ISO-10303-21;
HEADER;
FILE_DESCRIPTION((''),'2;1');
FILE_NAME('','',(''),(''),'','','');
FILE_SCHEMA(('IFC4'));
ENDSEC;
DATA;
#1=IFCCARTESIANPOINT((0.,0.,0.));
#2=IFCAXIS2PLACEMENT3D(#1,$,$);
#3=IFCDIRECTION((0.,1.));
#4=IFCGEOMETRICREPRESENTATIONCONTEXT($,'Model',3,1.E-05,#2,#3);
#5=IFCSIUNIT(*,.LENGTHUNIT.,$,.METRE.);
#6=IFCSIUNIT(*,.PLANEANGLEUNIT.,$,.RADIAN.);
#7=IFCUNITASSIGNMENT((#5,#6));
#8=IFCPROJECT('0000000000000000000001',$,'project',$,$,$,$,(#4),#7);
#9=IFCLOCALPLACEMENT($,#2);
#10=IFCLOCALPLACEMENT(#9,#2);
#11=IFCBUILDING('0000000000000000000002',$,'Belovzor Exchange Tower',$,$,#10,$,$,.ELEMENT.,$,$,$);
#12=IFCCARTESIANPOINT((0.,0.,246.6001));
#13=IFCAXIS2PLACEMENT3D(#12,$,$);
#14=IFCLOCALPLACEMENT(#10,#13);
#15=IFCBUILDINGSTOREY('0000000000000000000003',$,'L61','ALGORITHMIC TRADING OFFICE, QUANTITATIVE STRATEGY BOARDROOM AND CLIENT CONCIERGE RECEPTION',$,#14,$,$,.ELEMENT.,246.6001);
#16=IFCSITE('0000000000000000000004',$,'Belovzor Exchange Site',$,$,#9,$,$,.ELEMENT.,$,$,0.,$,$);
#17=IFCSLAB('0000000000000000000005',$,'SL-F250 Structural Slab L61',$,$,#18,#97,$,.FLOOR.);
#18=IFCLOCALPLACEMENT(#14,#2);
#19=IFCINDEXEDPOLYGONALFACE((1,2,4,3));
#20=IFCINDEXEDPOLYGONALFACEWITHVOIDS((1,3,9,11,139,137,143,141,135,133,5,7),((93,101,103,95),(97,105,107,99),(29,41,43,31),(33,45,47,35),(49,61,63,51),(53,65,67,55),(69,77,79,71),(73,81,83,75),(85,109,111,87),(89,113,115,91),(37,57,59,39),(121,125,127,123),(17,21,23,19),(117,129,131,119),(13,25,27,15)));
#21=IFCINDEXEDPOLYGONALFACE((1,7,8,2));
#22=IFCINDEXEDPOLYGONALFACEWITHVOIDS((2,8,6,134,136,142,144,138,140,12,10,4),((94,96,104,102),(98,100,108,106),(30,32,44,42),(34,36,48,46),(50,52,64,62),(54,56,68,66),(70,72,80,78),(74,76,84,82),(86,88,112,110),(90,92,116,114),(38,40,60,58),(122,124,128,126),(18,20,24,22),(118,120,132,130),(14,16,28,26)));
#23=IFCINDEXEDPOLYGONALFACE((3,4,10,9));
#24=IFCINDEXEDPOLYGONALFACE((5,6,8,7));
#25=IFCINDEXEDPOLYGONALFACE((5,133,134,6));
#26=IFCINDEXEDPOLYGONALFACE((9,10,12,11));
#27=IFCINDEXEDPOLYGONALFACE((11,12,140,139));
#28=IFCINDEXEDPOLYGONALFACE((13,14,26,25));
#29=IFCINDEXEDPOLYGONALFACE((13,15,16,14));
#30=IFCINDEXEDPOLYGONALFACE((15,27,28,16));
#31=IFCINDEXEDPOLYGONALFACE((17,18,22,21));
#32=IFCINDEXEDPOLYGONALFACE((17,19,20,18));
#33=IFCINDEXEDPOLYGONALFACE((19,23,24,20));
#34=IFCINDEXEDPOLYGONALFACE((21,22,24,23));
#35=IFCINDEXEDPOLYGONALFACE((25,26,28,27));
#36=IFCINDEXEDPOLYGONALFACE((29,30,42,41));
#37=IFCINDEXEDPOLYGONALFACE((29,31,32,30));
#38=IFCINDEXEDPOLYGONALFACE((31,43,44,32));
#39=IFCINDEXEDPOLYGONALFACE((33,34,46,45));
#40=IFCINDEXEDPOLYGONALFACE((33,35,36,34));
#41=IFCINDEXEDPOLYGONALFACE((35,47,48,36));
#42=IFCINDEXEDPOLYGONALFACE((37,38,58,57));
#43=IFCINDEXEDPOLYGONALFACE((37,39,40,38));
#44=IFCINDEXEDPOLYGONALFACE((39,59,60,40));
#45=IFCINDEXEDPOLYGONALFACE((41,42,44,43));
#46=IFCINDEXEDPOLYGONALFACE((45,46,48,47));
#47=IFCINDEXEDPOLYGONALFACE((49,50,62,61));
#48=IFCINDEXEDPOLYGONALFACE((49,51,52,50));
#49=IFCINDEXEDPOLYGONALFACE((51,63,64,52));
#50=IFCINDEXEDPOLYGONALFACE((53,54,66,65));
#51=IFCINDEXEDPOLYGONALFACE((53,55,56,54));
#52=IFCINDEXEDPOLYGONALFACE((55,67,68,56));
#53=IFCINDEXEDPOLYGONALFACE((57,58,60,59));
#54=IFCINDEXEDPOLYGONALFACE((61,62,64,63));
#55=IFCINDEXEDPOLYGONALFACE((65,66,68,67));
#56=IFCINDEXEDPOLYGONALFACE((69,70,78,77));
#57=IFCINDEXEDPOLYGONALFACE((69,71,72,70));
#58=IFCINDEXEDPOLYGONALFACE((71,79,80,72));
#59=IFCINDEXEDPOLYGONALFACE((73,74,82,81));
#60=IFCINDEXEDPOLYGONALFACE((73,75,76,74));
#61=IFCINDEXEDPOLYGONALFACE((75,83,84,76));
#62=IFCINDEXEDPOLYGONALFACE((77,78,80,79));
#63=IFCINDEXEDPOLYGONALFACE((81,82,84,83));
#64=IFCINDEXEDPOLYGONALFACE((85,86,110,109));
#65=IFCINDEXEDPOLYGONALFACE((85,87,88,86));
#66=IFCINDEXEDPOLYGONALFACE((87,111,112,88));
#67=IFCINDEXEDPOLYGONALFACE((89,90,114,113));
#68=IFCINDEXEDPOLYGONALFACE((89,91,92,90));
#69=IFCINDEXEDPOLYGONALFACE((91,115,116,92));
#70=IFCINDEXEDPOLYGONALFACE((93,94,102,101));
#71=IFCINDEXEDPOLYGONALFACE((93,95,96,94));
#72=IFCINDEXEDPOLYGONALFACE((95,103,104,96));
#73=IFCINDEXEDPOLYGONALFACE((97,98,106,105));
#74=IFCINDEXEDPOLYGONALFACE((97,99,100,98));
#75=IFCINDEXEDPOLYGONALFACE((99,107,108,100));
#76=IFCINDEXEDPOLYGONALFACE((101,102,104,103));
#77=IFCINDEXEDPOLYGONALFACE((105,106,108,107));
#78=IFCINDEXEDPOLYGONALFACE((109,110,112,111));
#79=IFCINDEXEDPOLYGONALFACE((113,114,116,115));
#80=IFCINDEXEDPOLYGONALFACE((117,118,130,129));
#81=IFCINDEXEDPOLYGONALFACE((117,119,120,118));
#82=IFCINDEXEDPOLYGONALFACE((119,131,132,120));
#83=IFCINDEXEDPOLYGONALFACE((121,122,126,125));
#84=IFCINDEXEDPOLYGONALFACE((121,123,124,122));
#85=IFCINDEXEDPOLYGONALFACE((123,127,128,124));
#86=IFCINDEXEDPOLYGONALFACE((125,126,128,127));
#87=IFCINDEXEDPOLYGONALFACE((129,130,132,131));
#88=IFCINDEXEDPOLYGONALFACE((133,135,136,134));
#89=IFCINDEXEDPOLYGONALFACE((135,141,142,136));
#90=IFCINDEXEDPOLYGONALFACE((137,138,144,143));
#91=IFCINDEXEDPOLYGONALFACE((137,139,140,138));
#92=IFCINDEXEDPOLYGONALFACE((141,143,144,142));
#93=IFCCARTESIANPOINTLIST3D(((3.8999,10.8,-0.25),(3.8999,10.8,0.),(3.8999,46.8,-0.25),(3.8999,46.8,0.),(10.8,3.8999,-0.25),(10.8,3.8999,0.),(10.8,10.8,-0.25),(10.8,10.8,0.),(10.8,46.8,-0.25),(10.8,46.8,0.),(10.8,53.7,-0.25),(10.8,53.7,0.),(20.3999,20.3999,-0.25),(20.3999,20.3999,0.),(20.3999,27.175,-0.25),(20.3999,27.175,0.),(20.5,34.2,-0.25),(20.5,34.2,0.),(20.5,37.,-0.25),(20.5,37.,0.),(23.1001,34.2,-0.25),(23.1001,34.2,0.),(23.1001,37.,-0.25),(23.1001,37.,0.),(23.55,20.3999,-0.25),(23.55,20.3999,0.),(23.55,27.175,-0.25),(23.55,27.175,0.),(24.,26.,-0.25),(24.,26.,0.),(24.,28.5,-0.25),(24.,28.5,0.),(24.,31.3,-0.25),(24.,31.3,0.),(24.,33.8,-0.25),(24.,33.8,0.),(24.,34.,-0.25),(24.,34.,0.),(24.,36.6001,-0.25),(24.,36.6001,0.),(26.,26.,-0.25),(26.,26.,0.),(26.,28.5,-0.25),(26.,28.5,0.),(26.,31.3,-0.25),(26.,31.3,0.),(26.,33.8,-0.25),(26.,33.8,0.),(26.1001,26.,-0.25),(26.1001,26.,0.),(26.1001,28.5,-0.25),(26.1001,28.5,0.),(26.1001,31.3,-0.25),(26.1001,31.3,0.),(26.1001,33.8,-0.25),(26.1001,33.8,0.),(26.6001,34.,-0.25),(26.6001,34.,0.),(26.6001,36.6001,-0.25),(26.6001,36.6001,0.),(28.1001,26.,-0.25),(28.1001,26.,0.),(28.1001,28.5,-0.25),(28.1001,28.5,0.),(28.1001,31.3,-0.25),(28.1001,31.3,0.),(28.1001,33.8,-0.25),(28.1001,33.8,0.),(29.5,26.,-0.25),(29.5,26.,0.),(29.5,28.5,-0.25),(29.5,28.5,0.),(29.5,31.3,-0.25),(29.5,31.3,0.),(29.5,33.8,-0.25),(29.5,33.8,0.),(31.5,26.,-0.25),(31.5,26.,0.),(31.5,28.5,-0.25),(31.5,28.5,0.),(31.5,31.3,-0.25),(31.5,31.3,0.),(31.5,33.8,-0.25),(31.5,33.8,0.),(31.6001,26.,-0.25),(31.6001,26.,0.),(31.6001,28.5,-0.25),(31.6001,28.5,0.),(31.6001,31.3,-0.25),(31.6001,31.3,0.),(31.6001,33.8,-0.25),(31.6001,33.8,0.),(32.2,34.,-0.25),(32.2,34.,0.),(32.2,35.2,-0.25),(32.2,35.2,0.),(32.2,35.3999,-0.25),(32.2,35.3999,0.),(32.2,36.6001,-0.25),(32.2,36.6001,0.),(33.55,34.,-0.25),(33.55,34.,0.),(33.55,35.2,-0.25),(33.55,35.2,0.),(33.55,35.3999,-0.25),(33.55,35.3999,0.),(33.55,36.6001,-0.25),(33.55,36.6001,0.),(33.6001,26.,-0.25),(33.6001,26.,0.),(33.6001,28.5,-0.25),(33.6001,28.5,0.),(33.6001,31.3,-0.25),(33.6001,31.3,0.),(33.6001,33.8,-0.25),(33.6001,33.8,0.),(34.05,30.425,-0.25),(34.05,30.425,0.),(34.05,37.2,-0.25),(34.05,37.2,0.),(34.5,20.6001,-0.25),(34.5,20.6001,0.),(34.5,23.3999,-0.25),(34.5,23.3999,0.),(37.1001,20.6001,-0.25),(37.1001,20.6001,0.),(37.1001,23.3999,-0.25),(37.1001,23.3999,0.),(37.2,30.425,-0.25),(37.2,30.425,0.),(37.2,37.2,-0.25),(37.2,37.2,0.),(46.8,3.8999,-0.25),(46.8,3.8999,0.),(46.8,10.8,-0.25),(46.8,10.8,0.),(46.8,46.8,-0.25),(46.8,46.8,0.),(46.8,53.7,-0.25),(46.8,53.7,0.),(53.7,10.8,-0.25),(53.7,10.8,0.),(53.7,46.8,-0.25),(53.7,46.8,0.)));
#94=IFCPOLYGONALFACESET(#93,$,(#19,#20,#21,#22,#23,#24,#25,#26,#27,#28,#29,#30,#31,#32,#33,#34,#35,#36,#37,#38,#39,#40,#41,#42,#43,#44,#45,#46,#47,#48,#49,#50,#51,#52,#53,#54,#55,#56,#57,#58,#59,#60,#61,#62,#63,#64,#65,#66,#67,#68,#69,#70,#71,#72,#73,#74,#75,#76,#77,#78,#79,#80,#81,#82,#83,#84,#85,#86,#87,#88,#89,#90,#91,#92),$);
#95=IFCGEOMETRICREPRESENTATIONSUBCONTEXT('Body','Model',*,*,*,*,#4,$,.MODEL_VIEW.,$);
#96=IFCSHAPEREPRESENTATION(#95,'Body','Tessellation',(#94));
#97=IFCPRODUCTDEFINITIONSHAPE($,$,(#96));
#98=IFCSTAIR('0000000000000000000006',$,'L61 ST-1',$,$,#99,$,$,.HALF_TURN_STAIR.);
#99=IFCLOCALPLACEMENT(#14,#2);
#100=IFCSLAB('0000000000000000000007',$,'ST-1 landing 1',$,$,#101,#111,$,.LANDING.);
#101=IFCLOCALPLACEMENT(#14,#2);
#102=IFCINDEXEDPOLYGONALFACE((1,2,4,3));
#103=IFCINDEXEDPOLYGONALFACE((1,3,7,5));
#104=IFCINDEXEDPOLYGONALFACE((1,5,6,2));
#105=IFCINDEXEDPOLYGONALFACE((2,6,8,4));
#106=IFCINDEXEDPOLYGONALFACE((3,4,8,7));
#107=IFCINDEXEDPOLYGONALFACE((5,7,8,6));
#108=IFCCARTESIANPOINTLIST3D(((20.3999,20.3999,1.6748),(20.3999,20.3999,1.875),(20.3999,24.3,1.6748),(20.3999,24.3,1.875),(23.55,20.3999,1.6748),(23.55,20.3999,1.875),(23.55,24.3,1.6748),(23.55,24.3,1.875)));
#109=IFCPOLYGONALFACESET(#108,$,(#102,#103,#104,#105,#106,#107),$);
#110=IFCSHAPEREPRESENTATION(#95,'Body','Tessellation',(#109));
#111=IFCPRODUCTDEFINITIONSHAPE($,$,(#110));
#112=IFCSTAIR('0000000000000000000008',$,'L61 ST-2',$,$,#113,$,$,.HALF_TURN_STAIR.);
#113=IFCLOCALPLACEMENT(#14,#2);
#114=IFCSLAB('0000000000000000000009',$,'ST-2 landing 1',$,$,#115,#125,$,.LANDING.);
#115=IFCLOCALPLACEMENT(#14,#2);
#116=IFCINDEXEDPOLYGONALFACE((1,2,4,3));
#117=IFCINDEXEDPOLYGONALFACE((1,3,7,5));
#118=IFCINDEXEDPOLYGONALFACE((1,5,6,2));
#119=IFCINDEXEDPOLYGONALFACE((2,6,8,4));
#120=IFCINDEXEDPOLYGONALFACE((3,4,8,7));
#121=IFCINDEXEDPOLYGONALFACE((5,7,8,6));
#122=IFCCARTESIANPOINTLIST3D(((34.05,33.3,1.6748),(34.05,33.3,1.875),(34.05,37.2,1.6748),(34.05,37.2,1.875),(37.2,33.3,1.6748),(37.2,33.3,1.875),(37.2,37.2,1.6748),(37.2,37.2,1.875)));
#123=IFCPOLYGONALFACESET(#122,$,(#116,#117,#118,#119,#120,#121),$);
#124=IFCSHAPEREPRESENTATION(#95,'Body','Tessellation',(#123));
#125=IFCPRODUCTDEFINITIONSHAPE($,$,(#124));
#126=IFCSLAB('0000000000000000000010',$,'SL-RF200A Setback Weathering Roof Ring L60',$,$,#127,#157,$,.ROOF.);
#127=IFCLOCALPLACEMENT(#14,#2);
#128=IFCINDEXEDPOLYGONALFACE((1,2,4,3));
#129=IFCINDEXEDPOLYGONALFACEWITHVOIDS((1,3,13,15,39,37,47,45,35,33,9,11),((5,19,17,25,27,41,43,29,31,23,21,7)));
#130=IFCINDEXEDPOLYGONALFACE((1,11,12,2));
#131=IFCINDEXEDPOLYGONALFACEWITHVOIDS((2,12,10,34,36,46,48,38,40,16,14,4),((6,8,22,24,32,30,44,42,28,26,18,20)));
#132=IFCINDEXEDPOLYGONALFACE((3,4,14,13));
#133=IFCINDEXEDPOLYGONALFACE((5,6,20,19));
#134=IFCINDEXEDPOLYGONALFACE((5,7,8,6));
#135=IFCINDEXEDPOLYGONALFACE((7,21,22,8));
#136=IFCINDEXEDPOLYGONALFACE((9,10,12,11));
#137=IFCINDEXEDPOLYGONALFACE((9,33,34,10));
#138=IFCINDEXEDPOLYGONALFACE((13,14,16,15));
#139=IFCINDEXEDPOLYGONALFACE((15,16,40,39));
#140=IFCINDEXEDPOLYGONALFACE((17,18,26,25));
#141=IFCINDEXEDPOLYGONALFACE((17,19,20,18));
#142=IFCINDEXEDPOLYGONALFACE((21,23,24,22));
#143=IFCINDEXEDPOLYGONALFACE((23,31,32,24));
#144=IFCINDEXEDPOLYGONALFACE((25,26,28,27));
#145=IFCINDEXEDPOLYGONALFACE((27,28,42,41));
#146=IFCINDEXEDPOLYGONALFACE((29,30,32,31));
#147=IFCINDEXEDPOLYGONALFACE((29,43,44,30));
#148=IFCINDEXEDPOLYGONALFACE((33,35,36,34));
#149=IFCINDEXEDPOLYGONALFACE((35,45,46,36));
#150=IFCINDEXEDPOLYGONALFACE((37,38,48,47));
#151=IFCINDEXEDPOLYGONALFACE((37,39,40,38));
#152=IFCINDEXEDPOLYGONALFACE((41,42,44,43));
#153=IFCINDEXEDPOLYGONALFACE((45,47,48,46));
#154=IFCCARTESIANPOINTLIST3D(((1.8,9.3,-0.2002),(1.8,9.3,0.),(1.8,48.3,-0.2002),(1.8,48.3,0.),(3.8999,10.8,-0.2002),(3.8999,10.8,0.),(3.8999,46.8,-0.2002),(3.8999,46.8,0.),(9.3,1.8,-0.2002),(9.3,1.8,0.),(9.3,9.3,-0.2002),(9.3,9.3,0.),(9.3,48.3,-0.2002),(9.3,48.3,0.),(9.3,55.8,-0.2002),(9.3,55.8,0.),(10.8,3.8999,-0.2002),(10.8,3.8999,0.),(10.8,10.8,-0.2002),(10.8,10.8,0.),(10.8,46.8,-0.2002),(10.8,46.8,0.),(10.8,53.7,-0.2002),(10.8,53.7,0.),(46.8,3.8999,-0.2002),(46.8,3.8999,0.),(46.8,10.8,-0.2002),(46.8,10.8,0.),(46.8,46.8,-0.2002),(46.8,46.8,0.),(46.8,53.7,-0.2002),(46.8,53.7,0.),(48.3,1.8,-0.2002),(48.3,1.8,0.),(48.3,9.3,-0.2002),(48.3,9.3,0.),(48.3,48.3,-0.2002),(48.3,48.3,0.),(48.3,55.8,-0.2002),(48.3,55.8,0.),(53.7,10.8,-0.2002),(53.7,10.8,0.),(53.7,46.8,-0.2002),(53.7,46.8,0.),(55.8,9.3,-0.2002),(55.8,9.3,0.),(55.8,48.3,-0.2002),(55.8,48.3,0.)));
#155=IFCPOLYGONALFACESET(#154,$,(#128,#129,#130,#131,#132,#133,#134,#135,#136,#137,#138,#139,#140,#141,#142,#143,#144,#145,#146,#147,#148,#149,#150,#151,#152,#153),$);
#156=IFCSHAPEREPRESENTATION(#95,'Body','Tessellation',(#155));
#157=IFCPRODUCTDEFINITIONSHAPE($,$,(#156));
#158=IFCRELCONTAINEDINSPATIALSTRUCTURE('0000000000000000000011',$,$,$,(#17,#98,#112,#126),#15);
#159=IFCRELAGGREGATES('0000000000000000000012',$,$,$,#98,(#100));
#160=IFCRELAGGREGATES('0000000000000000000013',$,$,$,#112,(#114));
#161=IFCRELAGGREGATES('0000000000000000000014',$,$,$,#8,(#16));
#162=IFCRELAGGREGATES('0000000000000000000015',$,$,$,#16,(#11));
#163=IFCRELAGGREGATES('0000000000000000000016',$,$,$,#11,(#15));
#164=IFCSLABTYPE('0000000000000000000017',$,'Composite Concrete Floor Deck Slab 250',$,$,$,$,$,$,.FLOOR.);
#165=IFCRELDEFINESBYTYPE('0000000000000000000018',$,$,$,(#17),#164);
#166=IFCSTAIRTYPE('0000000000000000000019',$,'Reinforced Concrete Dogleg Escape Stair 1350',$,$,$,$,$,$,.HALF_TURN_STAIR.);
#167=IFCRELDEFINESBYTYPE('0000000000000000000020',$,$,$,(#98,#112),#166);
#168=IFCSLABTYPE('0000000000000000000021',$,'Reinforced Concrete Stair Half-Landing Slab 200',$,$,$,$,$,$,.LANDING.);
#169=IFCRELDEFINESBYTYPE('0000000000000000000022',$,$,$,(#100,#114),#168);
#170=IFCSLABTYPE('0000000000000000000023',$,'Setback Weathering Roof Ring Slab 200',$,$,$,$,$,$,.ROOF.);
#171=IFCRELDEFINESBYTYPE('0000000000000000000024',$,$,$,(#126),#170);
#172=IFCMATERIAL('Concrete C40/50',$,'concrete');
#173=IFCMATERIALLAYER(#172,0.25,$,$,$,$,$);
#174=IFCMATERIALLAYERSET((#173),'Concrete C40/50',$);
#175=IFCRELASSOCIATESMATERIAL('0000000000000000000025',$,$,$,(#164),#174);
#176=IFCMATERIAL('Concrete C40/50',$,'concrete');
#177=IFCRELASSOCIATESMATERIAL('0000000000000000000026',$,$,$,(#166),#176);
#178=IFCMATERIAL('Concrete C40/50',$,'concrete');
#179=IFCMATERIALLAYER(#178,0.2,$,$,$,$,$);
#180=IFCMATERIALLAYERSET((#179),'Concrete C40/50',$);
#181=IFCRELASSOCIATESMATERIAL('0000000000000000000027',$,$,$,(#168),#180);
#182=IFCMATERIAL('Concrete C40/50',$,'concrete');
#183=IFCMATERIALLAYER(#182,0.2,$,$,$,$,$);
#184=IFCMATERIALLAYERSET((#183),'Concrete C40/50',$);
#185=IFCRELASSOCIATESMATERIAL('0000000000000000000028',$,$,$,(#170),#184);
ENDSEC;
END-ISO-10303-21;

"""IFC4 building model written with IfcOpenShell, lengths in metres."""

from ifc_helpers import new_model, si_unit, direction, frame, origin, place, context, subcontext, project, spatial, polyline, outline, extrude, material, layer, layer_set, type_object, element, aggregate, save


model = new_model("IFC4")

# Units and contexts
model_context = context("Model", 3, precision=1e-05, world=origin(), true_north=direction((0.0, 1.0)))
body_context = subcontext(model_context, "Body", "Model", "MODEL_VIEW")
ifc_project = project(units=[si_unit("LENGTHUNIT", "METRE"), si_unit("PLANEANGLEUNIT", "RADIAN")], contexts=[model_context])

# Site, building, storey
site_placement = place(None, origin())
site = spatial("IfcSite", under=ifc_project, at=site_placement, Name="Belovzor Exchange Site", CompositionType="ELEMENT", RefElevation=0.0)
building_placement = place(site_placement, origin())
building = spatial("IfcBuilding", under=site, at=building_placement, Name="Belovzor Exchange Tower", CompositionType="ELEMENT")
storey_placement = place(building_placement, frame((0.0, 0.0, 246.6001)))
storey = spatial("IfcBuildingStorey", under=building, at=storey_placement, Name="L61", Description="ALGORITHMIC TRADING OFFICE, QUANTITATIVE STRATEGY BOARDROOM AND CLIENT CONCIERGE RECEPTION", CompositionType="ELEMENT", Elevation=246.6001)

# Slab
ifc_material_1 = material(Name="Concrete C40/50", Category="concrete")
ifc_layer_1 = layer(ifc_material_1, 0.25)
ifc_layer_set_1 = layer_set([ifc_layer_1], Name="Concrete C40/50")
slab_type_1 = type_object("IfcSlabType", Name="Composite Concrete Floor Deck Slab 250", PredefinedType="FLOOR", material=ifc_layer_set_1)
slab_1_placement = place(storey_placement, frame((0.0, 0.0, -0.25)))
element("IfcSlab", 1, at=slab_1_placement, inside=storey, type_object=slab_type_1, Name="SL-F250 Structural Slab L61", PredefinedType="FLOOR", context=body_context, shape_type="SweptSolid", body=[
    extrude(outline(polyline([(10.8, 3.8999), (46.8, 3.8999), (46.8, 10.8), (53.7, 10.8), (53.7, 46.8), (46.8, 46.8), (46.8, 53.7), (10.8, 53.7), (10.8, 46.8), (3.8999, 46.8), (3.8999, 10.8), (10.8, 10.8), (10.8, 3.8999)]), holes=[polyline([(20.3999, 27.175), (20.3999, 20.3999), (23.55, 20.3999), (23.55, 27.175), (20.3999, 27.175)]), polyline([(37.2, 30.425), (37.2, 37.2), (34.05, 37.2), (34.05, 30.425), (37.2, 30.425)]), polyline([(20.5, 34.2), (23.1001, 34.2), (23.1001, 37.0), (20.5, 37.0), (20.5, 34.2)]), polyline([(34.5, 20.6001), (37.1001, 20.6001), (37.1001, 23.3999), (34.5, 23.3999), (34.5, 20.6001)]), polyline([(24.0, 34.0), (26.6001, 34.0), (26.6001, 36.6001), (24.0, 36.6001), (24.0, 34.0)]), polyline([(24.0, 26.0), (26.0, 26.0), (26.0, 28.5), (24.0, 28.5), (24.0, 26.0)]), polyline([(26.1001, 26.0), (28.1001, 26.0), (28.1001, 28.5), (26.1001, 28.5), (26.1001, 26.0)]), polyline([(29.5, 26.0), (31.5, 26.0), (31.5, 28.5), (29.5, 28.5), (29.5, 26.0)]), polyline([(31.6001, 26.0), (33.6001, 26.0), (33.6001, 28.5), (31.6001, 28.5), (31.6001, 26.0)]), polyline([(24.0, 31.3), (26.0, 31.3), (26.0, 33.8), (24.0, 33.8), (24.0, 31.3)]), polyline([(26.1001, 31.3), (28.1001, 31.3), (28.1001, 33.8), (26.1001, 33.8), (26.1001, 31.3)]), polyline([(29.5, 31.3), (31.5, 31.3), (31.5, 33.8), (29.5, 33.8), (29.5, 31.3)]), polyline([(31.6001, 31.3), (33.6001, 31.3), (33.6001, 33.8), (31.6001, 33.8), (31.6001, 31.3)]), polyline([(32.2, 34.0), (33.55, 34.0), (33.55, 35.2), (32.2, 35.2), (32.2, 34.0)]), polyline([(32.2, 35.3999), (33.55, 35.3999), (33.55, 36.6001), (32.2, 36.6001), (32.2, 35.3999)])]), origin(), (0.0, 0.0, 1.0), 0.25),
])

# Stairs, slabs
ifc_material_2 = material(Name="Concrete C40/50", Category="concrete")
stair_type = type_object("IfcStairType", Name="Reinforced Concrete Dogleg Escape Stair 1350", PredefinedType="HALF_TURN_STAIR", material=ifc_material_2)
stair_1_placement = place(storey_placement, origin())
stair_1 = element("IfcStair", 2, at=stair_1_placement, inside=storey, type_object=stair_type, Name="L61 ST-1", PredefinedType="HALF_TURN_STAIR")
ifc_material_3 = material(Name="Concrete C40/50", Category="concrete")
ifc_layer_2 = layer(ifc_material_3, 0.2)
ifc_layer_set_2 = layer_set([ifc_layer_2], Name="Concrete C40/50")
slab_type_2 = type_object("IfcSlabType", Name="Reinforced Concrete Stair Half-Landing Slab 200", PredefinedType="LANDING", material=ifc_layer_set_2)
slab_2_placement = place(storey_placement, frame((0.0, 0.0, 1.6748)))
slab_2 = element("IfcSlab", 3, at=slab_2_placement, type_object=slab_type_2, Name="ST-1 landing 1", PredefinedType="LANDING", context=body_context, shape_type="SweptSolid", body=[
    extrude(outline(polyline([(20.3999, 24.3), (20.3999, 20.3999), (23.55, 20.3999), (23.55, 24.3), (20.3999, 24.3)])), origin(), (0.0, 0.0, 1.0), 0.2002),
])
aggregate(stair_1, [slab_2])
stair_2_placement = place(storey_placement, origin())
stair_2 = element("IfcStair", 4, at=stair_2_placement, inside=storey, type_object=stair_type, Name="L61 ST-2", PredefinedType="HALF_TURN_STAIR")
slab_3_placement = place(storey_placement, frame((0.0, 0.0, 1.6748)))
slab_3 = element("IfcSlab", 5, at=slab_3_placement, type_object=slab_type_2, Name="ST-2 landing 1", PredefinedType="LANDING", context=body_context, shape_type="SweptSolid", body=[
    extrude(outline(polyline([(37.2, 33.3), (37.2, 37.2), (34.05, 37.2), (34.05, 33.3), (37.2, 33.3)])), origin(), (0.0, 0.0, 1.0), 0.2002),
])
aggregate(stair_2, [slab_3])

# Slab
ifc_material_4 = material(Name="Concrete C40/50", Category="concrete")
ifc_layer_3 = layer(ifc_material_4, 0.2)
ifc_layer_set_3 = layer_set([ifc_layer_3], Name="Concrete C40/50")
slab_type_3 = type_object("IfcSlabType", Name="Setback Weathering Roof Ring Slab 200", PredefinedType="ROOF", material=ifc_layer_set_3)
slab_4_placement = place(storey_placement, frame((0.0, 0.0, -0.2002)))
element("IfcSlab", 6, at=slab_4_placement, inside=storey, type_object=slab_type_3, Name="SL-RF200A Setback Weathering Roof Ring L60", PredefinedType="ROOF", context=body_context, shape_type="SweptSolid", body=[
    extrude(outline(polyline([(9.3, 1.8), (48.3, 1.8), (48.3, 9.3), (55.8, 9.3), (55.8, 48.3), (48.3, 48.3), (48.3, 55.8), (9.3, 55.8), (9.3, 48.3), (1.8, 48.3), (1.8, 9.3), (9.3, 9.3), (9.3, 1.8)]), holes=[polyline([(10.8, 3.8999), (46.8, 3.8999), (46.8, 10.8), (53.7, 10.8), (53.7, 46.8), (46.8, 46.8), (46.8, 53.7), (10.8, 53.7), (10.8, 46.8), (3.8999, 46.8), (3.8999, 10.8), (10.8, 10.8), (10.8, 3.8999)])]), origin(), (0.0, 0.0, 1.0), 0.2002),
])

save(model, "model.ifc")
